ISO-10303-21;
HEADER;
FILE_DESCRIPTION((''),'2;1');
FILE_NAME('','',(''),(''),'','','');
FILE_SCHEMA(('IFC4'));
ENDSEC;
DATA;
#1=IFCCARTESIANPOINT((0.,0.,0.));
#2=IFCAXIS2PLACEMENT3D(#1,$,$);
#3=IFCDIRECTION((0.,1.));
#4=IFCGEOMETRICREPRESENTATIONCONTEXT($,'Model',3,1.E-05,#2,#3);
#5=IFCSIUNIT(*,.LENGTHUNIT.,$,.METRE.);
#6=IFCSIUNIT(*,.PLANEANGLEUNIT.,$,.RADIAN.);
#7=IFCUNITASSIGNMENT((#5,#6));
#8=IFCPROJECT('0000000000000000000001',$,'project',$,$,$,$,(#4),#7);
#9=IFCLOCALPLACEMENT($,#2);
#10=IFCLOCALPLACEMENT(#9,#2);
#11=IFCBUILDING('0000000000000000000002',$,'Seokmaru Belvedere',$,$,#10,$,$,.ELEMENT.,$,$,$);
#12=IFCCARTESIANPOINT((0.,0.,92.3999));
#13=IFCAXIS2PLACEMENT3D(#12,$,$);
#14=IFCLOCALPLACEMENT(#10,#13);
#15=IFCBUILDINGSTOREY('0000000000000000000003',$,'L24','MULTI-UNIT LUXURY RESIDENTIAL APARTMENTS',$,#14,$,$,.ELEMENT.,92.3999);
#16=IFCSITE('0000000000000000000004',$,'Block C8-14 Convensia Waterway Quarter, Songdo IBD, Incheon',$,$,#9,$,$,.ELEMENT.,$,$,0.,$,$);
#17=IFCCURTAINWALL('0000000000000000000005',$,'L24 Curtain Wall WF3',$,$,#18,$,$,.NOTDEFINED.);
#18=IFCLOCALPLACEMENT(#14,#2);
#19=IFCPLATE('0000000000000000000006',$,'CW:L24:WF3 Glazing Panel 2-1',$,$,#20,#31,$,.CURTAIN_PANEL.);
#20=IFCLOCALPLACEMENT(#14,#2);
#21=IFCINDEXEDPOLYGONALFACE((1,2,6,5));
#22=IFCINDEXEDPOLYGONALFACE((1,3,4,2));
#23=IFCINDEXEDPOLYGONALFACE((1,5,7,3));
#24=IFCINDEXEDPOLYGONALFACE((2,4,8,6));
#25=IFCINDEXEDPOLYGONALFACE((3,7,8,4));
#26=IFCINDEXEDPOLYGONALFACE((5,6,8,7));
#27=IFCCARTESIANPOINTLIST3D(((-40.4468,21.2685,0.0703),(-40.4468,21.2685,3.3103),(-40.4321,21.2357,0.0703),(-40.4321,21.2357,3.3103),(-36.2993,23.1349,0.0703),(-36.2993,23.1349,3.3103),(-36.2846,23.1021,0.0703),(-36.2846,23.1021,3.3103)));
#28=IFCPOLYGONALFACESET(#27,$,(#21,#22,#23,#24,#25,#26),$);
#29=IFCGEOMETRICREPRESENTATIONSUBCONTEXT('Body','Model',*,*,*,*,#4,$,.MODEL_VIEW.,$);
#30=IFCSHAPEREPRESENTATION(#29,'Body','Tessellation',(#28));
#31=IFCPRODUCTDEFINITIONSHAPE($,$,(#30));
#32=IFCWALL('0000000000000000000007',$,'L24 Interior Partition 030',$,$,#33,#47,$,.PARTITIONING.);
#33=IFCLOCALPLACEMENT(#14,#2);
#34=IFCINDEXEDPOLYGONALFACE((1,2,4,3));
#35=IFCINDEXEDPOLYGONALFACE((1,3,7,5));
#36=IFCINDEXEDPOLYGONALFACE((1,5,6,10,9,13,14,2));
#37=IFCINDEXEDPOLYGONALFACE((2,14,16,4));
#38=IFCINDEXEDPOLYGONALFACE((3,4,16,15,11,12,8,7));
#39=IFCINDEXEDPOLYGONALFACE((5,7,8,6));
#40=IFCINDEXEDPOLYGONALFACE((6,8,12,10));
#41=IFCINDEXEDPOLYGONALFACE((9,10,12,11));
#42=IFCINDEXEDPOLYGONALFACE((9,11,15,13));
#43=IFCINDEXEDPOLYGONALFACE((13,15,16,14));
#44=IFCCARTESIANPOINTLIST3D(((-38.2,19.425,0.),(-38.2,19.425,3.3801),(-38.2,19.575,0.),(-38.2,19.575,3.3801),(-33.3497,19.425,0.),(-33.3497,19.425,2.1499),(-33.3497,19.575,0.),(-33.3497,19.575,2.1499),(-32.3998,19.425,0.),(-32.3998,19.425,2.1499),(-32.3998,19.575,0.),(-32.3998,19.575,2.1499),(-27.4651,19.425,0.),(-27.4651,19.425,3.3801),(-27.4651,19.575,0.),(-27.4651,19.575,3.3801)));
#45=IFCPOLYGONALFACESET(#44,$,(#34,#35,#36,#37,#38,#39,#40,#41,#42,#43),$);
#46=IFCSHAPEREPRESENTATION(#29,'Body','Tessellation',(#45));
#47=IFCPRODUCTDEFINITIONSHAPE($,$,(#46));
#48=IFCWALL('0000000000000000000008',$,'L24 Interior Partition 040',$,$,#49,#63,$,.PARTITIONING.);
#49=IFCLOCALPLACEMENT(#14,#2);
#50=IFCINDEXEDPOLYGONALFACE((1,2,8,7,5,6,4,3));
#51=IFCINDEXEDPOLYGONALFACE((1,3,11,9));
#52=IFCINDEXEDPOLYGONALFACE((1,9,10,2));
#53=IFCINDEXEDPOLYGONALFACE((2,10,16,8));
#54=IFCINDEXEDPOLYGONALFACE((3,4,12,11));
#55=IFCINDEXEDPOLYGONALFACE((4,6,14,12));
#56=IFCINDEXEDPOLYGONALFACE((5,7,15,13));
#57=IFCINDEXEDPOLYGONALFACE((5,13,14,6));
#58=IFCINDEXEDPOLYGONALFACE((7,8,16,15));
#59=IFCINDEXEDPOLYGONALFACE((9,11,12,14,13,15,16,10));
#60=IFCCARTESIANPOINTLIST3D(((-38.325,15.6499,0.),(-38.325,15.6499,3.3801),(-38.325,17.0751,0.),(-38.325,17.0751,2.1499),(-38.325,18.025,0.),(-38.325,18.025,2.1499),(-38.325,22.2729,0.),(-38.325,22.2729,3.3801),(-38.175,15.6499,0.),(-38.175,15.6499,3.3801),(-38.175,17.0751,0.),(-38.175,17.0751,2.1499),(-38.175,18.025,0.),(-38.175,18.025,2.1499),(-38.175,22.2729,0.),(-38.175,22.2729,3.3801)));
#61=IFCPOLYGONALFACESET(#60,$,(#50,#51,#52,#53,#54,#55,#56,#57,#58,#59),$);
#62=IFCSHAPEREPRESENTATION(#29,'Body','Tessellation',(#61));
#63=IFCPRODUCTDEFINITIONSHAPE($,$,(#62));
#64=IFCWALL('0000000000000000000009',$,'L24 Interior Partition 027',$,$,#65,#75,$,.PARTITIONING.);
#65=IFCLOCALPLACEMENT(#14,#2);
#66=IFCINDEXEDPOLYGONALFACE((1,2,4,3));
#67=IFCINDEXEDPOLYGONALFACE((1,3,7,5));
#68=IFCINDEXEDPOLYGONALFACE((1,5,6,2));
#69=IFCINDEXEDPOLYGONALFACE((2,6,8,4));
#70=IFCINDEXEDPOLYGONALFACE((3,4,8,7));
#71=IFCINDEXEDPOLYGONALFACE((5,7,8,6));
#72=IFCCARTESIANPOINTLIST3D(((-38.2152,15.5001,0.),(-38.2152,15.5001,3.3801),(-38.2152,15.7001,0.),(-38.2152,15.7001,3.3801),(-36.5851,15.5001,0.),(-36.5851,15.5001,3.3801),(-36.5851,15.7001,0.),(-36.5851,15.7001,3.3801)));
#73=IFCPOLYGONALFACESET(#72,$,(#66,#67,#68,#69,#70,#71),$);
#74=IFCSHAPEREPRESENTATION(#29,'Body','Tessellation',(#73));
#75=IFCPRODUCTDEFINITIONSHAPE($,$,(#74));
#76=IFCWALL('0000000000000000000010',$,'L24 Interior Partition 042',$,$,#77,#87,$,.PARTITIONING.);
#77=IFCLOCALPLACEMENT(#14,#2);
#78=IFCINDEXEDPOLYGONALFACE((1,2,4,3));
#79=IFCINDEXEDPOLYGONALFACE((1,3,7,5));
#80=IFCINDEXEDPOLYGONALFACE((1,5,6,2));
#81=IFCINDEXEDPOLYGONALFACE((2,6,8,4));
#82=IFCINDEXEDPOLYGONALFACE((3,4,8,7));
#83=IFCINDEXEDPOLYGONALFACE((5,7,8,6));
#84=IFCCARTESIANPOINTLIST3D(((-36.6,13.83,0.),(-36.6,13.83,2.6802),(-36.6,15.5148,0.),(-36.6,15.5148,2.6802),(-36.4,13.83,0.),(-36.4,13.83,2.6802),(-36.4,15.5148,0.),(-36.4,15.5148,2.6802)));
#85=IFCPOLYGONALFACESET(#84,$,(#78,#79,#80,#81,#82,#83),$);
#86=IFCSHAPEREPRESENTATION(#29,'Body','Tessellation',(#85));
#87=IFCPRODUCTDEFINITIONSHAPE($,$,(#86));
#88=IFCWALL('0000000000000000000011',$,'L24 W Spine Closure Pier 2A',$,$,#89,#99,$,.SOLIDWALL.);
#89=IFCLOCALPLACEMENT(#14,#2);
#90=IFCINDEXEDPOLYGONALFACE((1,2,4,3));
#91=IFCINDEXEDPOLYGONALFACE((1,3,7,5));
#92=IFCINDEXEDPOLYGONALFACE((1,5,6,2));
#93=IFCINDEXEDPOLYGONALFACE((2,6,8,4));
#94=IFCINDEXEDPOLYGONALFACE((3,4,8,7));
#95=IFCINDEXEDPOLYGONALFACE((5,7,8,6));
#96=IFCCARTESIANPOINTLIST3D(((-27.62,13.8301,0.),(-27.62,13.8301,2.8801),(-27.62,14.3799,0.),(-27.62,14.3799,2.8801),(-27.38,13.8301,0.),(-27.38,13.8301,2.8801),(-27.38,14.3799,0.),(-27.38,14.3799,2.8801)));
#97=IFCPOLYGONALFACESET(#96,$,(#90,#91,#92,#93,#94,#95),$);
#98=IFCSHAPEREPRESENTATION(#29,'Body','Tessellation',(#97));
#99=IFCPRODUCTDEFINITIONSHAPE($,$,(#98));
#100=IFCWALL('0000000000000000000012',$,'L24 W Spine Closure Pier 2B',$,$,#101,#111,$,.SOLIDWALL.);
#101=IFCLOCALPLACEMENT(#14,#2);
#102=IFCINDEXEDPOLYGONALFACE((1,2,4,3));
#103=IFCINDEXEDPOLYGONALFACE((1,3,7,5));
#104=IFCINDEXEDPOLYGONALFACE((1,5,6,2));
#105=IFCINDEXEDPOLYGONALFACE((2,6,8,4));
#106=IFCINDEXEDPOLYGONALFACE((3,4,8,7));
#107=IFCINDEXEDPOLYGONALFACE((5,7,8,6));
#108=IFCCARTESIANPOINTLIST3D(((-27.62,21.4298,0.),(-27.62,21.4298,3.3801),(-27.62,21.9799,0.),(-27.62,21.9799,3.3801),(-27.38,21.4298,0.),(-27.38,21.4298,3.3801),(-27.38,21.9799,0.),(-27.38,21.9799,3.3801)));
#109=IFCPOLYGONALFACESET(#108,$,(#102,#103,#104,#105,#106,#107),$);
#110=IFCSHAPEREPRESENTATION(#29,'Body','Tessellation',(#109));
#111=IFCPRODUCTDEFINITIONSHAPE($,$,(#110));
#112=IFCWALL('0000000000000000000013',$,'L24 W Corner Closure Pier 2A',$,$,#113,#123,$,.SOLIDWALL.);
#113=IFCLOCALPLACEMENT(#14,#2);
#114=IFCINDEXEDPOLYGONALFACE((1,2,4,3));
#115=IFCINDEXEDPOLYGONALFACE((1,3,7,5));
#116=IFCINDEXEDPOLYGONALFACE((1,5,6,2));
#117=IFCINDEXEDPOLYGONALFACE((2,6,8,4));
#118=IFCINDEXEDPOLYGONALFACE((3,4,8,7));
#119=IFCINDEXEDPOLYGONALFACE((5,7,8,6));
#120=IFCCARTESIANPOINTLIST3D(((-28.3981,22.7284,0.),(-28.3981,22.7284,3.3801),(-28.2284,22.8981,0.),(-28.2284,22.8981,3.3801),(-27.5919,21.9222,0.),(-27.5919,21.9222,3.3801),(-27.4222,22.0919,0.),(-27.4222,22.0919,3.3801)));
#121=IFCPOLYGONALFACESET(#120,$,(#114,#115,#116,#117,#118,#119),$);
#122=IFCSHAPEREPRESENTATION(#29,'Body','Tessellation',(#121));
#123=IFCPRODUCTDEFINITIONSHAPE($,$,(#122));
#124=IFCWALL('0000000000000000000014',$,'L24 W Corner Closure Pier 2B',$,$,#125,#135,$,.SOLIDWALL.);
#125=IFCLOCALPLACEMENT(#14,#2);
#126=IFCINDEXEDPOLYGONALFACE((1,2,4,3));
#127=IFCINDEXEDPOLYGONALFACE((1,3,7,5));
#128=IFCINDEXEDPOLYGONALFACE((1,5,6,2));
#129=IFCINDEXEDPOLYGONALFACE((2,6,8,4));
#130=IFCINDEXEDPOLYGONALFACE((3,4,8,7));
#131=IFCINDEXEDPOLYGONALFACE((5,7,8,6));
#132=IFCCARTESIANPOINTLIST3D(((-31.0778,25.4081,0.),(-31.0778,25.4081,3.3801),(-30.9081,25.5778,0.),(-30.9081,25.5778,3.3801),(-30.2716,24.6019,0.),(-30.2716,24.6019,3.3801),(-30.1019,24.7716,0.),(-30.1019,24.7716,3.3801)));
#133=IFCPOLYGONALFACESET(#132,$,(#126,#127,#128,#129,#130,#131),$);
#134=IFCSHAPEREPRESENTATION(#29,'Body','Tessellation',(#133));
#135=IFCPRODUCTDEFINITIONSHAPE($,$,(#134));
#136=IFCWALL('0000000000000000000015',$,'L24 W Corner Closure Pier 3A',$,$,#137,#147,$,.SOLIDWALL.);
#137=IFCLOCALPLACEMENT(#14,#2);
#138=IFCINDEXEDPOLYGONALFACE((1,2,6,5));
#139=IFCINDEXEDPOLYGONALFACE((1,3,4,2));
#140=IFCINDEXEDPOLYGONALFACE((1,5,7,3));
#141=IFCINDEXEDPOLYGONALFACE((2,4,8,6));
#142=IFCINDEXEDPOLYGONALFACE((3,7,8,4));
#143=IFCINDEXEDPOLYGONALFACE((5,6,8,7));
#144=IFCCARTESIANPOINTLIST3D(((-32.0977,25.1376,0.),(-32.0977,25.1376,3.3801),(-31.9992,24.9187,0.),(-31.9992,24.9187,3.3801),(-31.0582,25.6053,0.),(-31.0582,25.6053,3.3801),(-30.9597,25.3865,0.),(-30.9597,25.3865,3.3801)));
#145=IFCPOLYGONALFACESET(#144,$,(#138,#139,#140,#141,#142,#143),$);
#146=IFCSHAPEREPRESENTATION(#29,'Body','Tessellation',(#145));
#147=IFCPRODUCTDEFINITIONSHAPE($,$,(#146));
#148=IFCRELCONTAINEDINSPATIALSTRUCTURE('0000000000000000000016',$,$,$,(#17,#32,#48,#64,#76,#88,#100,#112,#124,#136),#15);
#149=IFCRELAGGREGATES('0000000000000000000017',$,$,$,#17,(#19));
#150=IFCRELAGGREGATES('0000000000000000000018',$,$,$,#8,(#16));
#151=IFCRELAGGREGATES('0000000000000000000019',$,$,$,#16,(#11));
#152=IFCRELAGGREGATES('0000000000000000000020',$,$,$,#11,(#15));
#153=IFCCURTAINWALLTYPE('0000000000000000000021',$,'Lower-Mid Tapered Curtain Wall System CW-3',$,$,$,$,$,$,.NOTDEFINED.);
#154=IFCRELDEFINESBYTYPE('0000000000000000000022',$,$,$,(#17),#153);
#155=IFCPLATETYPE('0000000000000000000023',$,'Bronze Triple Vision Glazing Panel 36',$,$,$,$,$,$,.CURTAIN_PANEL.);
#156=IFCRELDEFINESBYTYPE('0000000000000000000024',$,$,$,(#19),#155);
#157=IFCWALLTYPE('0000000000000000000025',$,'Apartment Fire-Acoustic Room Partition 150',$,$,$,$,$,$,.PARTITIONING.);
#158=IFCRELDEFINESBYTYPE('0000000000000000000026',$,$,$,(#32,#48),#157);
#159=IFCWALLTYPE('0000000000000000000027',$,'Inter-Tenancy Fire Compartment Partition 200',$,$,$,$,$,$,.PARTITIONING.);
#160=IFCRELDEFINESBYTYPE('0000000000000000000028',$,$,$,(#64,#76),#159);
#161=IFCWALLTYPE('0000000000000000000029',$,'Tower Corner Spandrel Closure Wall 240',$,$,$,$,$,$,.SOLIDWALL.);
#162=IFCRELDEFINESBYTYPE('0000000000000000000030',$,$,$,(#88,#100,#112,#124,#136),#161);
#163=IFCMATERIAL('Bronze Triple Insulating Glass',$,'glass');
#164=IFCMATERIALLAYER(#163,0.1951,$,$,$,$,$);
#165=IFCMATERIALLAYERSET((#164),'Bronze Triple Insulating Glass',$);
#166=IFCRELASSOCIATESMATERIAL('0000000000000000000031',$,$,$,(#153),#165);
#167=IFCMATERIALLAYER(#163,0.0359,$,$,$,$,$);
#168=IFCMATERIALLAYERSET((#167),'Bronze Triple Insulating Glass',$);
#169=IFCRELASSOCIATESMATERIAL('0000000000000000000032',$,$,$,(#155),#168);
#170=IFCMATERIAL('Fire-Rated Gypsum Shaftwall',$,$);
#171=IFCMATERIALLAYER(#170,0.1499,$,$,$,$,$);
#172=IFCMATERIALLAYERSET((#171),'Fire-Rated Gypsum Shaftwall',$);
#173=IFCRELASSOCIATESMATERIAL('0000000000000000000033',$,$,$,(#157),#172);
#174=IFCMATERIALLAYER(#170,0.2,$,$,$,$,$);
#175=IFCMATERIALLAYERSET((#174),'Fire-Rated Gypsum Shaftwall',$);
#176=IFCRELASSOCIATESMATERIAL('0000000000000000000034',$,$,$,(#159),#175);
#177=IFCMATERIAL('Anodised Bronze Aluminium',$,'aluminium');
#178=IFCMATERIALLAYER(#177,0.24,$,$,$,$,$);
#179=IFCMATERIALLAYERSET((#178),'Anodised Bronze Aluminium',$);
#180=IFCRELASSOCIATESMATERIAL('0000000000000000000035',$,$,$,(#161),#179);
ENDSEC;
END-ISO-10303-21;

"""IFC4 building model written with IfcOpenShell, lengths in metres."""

from ifc_helpers import new_model, si_unit, direction, frame, frame_2d, origin, origin_2d, place, context, subcontext, project, spatial, rectangle, extrude, source, transform, mapped, material, layer, layer_set, type_object, element, aggregate, save


model = new_model("IFC4")

# Units and contexts
model_context = context("Model", 3, precision=1e-05, world=origin(), true_north=direction((0.0, 1.0)))
body_context = subcontext(model_context, "Body", "Model", "MODEL_VIEW")
ifc_project = project(units=[si_unit("LENGTHUNIT", "METRE"), si_unit("PLANEANGLEUNIT", "RADIAN")], contexts=[model_context])

# Site, building, storey
site_placement = place(None, origin())
site = spatial("IfcSite", under=ifc_project, at=site_placement, Name="Block C8-14 Convensia Waterway Quarter, Songdo IBD, Incheon", CompositionType="ELEMENT", RefElevation=0.0)
building_placement = place(site_placement, origin())
building = spatial("IfcBuilding", under=site, at=building_placement, Name="Seokmaru Belvedere", CompositionType="ELEMENT")
storey_placement = place(building_placement, frame((0.0, 0.0, 92.3999)))
storey = spatial("IfcBuildingStorey", under=building, at=storey_placement, Name="L24", Description="MULTI-UNIT LUXURY RESIDENTIAL APARTMENTS", CompositionType="ELEMENT", Elevation=92.3999)

# Curtain wall
ifc_material_1 = material(Name="Bronze Triple Insulating Glass", Category="glass")
ifc_layer_1 = layer(ifc_material_1, 0.1951)
ifc_layer_set_1 = layer_set([ifc_layer_1], Name="Bronze Triple Insulating Glass")
curtain_wall_type = type_object("IfcCurtainWallType", Name="Lower-Mid Tapered Curtain Wall System CW-3", PredefinedType="NOTDEFINED", material=ifc_layer_set_1)
ifc_material_2 = material(Name="Anodised Bronze Aluminium", Category="aluminium")
curtain_wall_1_placement = place(storey_placement, origin())
curtain_wall_1 = element("IfcCurtainWall", 1, at=curtain_wall_1_placement, inside=storey, type_object=curtain_wall_type, Name="L24 Curtain Wall WF3", PredefinedType="NOTDEFINED")

# Plate
ifc_layer_2 = layer(ifc_material_1, 0.0359)
ifc_layer_set_2 = layer_set([ifc_layer_2], Name="Bronze Triple Insulating Glass")
plate_type = type_object("IfcPlateType", Name="Bronze Triple Vision Glazing Panel 36", PredefinedType="CURTAIN_PANEL", material=ifc_layer_set_2)
shared_shape_1 = source(origin(), body_context, "Body", "SweptSolid", [
    extrude(rectangle(XDim=4.5481, YDim=0.0359, at=origin_2d()), origin(), (0.0, 0.0, 1.0), 3.24),
])
plate_1_placement = place(storey_placement, frame((-38.3657, 22.1853, 0.0703), z_axis=(0.0, 0.0, 1.0), x_axis=(-0.911921, -0.410366, 0.0)))
plate_1 = element("IfcPlate", 2, at=plate_1_placement, type_object=plate_type, Name="CW:L24:WF3 Glazing Panel 2-1", PredefinedType="CURTAIN_PANEL", context=body_context, shape_type="MappedRepresentation", body=[
    mapped(shared_shape_1, transform((0.0, 0.0, 0.0), scale=1.0)),
])
aggregate(curtain_wall_1, [plate_1])

# Walls, openings
ifc_material_3 = material(Name="Fire-Rated Gypsum Shaftwall")
ifc_layer_3 = layer(ifc_material_3, 0.1499)
ifc_layer_set_3 = layer_set([ifc_layer_3], Name="Fire-Rated Gypsum Shaftwall")
wall_type_1 = type_object("IfcWallType", Name="Apartment Fire-Acoustic Room Partition 150", PredefinedType="PARTITIONING", material=ifc_layer_set_3)
wall_1_placement = place(storey_placement, frame((-38.2, 19.5, 0.0), z_axis=(0.0, 0.0, 1.0), x_axis=(1.0, 0.0, 0.0)))
wall_1 = element("IfcWall", 3, at=wall_1_placement, inside=storey, type_object=wall_type_1, Name="L24 Interior Partition 030", PredefinedType="PARTITIONING", context=body_context, shape_type="SweptSolid", body=[
    extrude(rectangle(XDim=10.7349, YDim=0.1499, at=frame_2d((5.3674, 0.0))), origin(), (0.0, 0.0, 1.0), 3.3801),
])
opening_1_placement = place(wall_1_placement, frame((4.8501, 0.0, 0.0)))
element("IfcOpeningElement", 4, at=opening_1_placement, cuts=wall_1, PredefinedType="OPENING", context=body_context, shape_type="SweptSolid", body=[
    extrude(rectangle(XDim=0.95, YDim=2.1499, at=frame_2d((0.4751, 1.075))), frame((0.0, 0.085, 0.0), z_axis=(0.0, -1.0, 0.0), x_axis=(1.0, 0.0, 0.0)), (0.0, 0.0, 1.0), 0.1699),
])
wall_2_placement = place(storey_placement, frame((-38.25, 15.6499, 0.0), z_axis=(0.0, 0.0, 1.0), x_axis=(0.0, 1.0, 0.0)))
wall_2 = element("IfcWall", 5, at=wall_2_placement, inside=storey, type_object=wall_type_1, Name="L24 Interior Partition 040", PredefinedType="PARTITIONING", context=body_context, shape_type="SweptSolid", body=[
    extrude(rectangle(XDim=6.623, YDim=0.1499, at=frame_2d((3.3115, 0.0))), origin(), (0.0, 0.0, 1.0), 3.3801),
])
opening_2_placement = place(wall_2_placement, frame((1.425, 0.0, 0.0)))
element("IfcOpeningElement", 6, at=opening_2_placement, cuts=wall_2, PredefinedType="OPENING", context=body_context, shape_type="SweptSolid", body=[
    extrude(rectangle(XDim=0.95, YDim=2.1499, at=frame_2d((0.4751, 1.075))), frame((0.0, 0.085, 0.0), z_axis=(0.0, -1.0, 0.0), x_axis=(1.0, 0.0, 0.0)), (0.0, 0.0, 1.0), 0.1699),
])

# Walls
ifc_layer_4 = layer(ifc_material_3, 0.2)
ifc_layer_set_4 = layer_set([ifc_layer_4], Name="Fire-Rated Gypsum Shaftwall")
wall_type_2 = type_object("IfcWallType", Name="Inter-Tenancy Fire Compartment Partition 200", PredefinedType="PARTITIONING", material=ifc_layer_set_4)
wall_3_placement = place(storey_placement, frame((-38.2151, 15.6001, 0.0), z_axis=(0.0, 0.0, 1.0), x_axis=(1.0, 0.0, 0.0)))
element("IfcWall", 7, at=wall_3_placement, inside=storey, type_object=wall_type_2, Name="L24 Interior Partition 027", PredefinedType="PARTITIONING", context=body_context, shape_type="SweptSolid", body=[
    extrude(rectangle(XDim=1.6301, YDim=0.2, at=frame_2d((0.8149, 0.0))), origin(), (0.0, 0.0, 1.0), 3.3801),
])
wall_4_placement = place(storey_placement, frame((-36.5, 13.8301, 0.0), z_axis=(0.0, 0.0, 1.0), x_axis=(0.0, 1.0, 0.0)))
element("IfcWall", 8, at=wall_4_placement, inside=storey, type_object=wall_type_2, Name="L24 Interior Partition 042", PredefinedType="PARTITIONING", context=body_context, shape_type="SweptSolid", body=[
    extrude(rectangle(XDim=1.6848, YDim=0.2, at=frame_2d((0.8423, 0.0))), origin(), (0.0, 0.0, 1.0), 2.6802),
])
ifc_layer_5 = layer(ifc_material_2, 0.24)
ifc_layer_set_5 = layer_set([ifc_layer_5], Name="Anodised Bronze Aluminium")
wall_type_3 = type_object("IfcWallType", Name="Tower Corner Spandrel Closure Wall 240", PredefinedType="SOLIDWALL", material=ifc_layer_set_5)
wall_5_placement = place(storey_placement, frame((-27.5, 13.8301, 0.0), z_axis=(0.0, 0.0, 1.0), x_axis=(0.0, 1.0, 0.0)))
element("IfcWall", 9, at=wall_5_placement, inside=storey, type_object=wall_type_3, Name="L24 W Spine Closure Pier 2A", PredefinedType="SOLIDWALL", context=body_context, shape_type="SweptSolid", body=[
    extrude(rectangle(XDim=0.5498, YDim=0.24, at=frame_2d((0.2749, 0.0))), origin(), (0.0, 0.0, 1.0), 2.8801),
])
wall_6_placement = place(storey_placement, frame((-27.5, 21.4299, 0.0), z_axis=(0.0, 0.0, 1.0), x_axis=(0.0, 1.0, 0.0)))
element("IfcWall", 10, at=wall_6_placement, inside=storey, type_object=wall_type_3, Name="L24 W Spine Closure Pier 2B", PredefinedType="SOLIDWALL", context=body_context, shape_type="SweptSolid", body=[
    extrude(rectangle(XDim=0.55, YDim=0.24, at=frame_2d((0.2749, 0.0))), origin(), (0.0, 0.0, 1.0), 3.3801),
])
for number, where, z_axis, x_axis, name in (
    (11, (-27.5071, 22.0071, 0.0), (0.0, 0.0, 1.0), (-0.707107, 0.707107, 0.0), "L24 W Corner Closure Pier 2A"),
    (12, (-30.1868, 24.6868, 0.0), (0.0, 0.0, 1.0), (-0.707107, 0.707107, 0.0), "L24 W Corner Closure Pier 2B"),
):
    element("IfcWall", number, at=place(storey_placement, frame(where, z_axis=z_axis, x_axis=x_axis)), inside=storey, type_object=wall_type_3, Name=name, PredefinedType="SOLIDWALL", context=body_context, shape_type="SweptSolid", body=[
        extrude(rectangle(XDim=1.1401, YDim=0.24, at=frame_2d((0.5701, 0.0))), origin(), (0.0, 0.0, 1.0), 3.3801),
    ])
wall_7_placement = place(storey_placement, frame((-31.009, 25.4958, 0.0), z_axis=(0.0, 0.0, 1.0), x_axis=(-0.91193, -0.410347, 0.0)))
element("IfcWall", 13, at=wall_7_placement, inside=storey, type_object=wall_type_3, Name="L24 W Corner Closure Pier 3A", PredefinedType="SOLIDWALL", context=body_context, shape_type="SweptSolid", body=[
    extrude(rectangle(XDim=1.1399, YDim=0.24, at=frame_2d((0.5698, 0.0))), origin(), (0.0, 0.0, 1.0), 3.3801),
])

save(model, "model.ifc")
